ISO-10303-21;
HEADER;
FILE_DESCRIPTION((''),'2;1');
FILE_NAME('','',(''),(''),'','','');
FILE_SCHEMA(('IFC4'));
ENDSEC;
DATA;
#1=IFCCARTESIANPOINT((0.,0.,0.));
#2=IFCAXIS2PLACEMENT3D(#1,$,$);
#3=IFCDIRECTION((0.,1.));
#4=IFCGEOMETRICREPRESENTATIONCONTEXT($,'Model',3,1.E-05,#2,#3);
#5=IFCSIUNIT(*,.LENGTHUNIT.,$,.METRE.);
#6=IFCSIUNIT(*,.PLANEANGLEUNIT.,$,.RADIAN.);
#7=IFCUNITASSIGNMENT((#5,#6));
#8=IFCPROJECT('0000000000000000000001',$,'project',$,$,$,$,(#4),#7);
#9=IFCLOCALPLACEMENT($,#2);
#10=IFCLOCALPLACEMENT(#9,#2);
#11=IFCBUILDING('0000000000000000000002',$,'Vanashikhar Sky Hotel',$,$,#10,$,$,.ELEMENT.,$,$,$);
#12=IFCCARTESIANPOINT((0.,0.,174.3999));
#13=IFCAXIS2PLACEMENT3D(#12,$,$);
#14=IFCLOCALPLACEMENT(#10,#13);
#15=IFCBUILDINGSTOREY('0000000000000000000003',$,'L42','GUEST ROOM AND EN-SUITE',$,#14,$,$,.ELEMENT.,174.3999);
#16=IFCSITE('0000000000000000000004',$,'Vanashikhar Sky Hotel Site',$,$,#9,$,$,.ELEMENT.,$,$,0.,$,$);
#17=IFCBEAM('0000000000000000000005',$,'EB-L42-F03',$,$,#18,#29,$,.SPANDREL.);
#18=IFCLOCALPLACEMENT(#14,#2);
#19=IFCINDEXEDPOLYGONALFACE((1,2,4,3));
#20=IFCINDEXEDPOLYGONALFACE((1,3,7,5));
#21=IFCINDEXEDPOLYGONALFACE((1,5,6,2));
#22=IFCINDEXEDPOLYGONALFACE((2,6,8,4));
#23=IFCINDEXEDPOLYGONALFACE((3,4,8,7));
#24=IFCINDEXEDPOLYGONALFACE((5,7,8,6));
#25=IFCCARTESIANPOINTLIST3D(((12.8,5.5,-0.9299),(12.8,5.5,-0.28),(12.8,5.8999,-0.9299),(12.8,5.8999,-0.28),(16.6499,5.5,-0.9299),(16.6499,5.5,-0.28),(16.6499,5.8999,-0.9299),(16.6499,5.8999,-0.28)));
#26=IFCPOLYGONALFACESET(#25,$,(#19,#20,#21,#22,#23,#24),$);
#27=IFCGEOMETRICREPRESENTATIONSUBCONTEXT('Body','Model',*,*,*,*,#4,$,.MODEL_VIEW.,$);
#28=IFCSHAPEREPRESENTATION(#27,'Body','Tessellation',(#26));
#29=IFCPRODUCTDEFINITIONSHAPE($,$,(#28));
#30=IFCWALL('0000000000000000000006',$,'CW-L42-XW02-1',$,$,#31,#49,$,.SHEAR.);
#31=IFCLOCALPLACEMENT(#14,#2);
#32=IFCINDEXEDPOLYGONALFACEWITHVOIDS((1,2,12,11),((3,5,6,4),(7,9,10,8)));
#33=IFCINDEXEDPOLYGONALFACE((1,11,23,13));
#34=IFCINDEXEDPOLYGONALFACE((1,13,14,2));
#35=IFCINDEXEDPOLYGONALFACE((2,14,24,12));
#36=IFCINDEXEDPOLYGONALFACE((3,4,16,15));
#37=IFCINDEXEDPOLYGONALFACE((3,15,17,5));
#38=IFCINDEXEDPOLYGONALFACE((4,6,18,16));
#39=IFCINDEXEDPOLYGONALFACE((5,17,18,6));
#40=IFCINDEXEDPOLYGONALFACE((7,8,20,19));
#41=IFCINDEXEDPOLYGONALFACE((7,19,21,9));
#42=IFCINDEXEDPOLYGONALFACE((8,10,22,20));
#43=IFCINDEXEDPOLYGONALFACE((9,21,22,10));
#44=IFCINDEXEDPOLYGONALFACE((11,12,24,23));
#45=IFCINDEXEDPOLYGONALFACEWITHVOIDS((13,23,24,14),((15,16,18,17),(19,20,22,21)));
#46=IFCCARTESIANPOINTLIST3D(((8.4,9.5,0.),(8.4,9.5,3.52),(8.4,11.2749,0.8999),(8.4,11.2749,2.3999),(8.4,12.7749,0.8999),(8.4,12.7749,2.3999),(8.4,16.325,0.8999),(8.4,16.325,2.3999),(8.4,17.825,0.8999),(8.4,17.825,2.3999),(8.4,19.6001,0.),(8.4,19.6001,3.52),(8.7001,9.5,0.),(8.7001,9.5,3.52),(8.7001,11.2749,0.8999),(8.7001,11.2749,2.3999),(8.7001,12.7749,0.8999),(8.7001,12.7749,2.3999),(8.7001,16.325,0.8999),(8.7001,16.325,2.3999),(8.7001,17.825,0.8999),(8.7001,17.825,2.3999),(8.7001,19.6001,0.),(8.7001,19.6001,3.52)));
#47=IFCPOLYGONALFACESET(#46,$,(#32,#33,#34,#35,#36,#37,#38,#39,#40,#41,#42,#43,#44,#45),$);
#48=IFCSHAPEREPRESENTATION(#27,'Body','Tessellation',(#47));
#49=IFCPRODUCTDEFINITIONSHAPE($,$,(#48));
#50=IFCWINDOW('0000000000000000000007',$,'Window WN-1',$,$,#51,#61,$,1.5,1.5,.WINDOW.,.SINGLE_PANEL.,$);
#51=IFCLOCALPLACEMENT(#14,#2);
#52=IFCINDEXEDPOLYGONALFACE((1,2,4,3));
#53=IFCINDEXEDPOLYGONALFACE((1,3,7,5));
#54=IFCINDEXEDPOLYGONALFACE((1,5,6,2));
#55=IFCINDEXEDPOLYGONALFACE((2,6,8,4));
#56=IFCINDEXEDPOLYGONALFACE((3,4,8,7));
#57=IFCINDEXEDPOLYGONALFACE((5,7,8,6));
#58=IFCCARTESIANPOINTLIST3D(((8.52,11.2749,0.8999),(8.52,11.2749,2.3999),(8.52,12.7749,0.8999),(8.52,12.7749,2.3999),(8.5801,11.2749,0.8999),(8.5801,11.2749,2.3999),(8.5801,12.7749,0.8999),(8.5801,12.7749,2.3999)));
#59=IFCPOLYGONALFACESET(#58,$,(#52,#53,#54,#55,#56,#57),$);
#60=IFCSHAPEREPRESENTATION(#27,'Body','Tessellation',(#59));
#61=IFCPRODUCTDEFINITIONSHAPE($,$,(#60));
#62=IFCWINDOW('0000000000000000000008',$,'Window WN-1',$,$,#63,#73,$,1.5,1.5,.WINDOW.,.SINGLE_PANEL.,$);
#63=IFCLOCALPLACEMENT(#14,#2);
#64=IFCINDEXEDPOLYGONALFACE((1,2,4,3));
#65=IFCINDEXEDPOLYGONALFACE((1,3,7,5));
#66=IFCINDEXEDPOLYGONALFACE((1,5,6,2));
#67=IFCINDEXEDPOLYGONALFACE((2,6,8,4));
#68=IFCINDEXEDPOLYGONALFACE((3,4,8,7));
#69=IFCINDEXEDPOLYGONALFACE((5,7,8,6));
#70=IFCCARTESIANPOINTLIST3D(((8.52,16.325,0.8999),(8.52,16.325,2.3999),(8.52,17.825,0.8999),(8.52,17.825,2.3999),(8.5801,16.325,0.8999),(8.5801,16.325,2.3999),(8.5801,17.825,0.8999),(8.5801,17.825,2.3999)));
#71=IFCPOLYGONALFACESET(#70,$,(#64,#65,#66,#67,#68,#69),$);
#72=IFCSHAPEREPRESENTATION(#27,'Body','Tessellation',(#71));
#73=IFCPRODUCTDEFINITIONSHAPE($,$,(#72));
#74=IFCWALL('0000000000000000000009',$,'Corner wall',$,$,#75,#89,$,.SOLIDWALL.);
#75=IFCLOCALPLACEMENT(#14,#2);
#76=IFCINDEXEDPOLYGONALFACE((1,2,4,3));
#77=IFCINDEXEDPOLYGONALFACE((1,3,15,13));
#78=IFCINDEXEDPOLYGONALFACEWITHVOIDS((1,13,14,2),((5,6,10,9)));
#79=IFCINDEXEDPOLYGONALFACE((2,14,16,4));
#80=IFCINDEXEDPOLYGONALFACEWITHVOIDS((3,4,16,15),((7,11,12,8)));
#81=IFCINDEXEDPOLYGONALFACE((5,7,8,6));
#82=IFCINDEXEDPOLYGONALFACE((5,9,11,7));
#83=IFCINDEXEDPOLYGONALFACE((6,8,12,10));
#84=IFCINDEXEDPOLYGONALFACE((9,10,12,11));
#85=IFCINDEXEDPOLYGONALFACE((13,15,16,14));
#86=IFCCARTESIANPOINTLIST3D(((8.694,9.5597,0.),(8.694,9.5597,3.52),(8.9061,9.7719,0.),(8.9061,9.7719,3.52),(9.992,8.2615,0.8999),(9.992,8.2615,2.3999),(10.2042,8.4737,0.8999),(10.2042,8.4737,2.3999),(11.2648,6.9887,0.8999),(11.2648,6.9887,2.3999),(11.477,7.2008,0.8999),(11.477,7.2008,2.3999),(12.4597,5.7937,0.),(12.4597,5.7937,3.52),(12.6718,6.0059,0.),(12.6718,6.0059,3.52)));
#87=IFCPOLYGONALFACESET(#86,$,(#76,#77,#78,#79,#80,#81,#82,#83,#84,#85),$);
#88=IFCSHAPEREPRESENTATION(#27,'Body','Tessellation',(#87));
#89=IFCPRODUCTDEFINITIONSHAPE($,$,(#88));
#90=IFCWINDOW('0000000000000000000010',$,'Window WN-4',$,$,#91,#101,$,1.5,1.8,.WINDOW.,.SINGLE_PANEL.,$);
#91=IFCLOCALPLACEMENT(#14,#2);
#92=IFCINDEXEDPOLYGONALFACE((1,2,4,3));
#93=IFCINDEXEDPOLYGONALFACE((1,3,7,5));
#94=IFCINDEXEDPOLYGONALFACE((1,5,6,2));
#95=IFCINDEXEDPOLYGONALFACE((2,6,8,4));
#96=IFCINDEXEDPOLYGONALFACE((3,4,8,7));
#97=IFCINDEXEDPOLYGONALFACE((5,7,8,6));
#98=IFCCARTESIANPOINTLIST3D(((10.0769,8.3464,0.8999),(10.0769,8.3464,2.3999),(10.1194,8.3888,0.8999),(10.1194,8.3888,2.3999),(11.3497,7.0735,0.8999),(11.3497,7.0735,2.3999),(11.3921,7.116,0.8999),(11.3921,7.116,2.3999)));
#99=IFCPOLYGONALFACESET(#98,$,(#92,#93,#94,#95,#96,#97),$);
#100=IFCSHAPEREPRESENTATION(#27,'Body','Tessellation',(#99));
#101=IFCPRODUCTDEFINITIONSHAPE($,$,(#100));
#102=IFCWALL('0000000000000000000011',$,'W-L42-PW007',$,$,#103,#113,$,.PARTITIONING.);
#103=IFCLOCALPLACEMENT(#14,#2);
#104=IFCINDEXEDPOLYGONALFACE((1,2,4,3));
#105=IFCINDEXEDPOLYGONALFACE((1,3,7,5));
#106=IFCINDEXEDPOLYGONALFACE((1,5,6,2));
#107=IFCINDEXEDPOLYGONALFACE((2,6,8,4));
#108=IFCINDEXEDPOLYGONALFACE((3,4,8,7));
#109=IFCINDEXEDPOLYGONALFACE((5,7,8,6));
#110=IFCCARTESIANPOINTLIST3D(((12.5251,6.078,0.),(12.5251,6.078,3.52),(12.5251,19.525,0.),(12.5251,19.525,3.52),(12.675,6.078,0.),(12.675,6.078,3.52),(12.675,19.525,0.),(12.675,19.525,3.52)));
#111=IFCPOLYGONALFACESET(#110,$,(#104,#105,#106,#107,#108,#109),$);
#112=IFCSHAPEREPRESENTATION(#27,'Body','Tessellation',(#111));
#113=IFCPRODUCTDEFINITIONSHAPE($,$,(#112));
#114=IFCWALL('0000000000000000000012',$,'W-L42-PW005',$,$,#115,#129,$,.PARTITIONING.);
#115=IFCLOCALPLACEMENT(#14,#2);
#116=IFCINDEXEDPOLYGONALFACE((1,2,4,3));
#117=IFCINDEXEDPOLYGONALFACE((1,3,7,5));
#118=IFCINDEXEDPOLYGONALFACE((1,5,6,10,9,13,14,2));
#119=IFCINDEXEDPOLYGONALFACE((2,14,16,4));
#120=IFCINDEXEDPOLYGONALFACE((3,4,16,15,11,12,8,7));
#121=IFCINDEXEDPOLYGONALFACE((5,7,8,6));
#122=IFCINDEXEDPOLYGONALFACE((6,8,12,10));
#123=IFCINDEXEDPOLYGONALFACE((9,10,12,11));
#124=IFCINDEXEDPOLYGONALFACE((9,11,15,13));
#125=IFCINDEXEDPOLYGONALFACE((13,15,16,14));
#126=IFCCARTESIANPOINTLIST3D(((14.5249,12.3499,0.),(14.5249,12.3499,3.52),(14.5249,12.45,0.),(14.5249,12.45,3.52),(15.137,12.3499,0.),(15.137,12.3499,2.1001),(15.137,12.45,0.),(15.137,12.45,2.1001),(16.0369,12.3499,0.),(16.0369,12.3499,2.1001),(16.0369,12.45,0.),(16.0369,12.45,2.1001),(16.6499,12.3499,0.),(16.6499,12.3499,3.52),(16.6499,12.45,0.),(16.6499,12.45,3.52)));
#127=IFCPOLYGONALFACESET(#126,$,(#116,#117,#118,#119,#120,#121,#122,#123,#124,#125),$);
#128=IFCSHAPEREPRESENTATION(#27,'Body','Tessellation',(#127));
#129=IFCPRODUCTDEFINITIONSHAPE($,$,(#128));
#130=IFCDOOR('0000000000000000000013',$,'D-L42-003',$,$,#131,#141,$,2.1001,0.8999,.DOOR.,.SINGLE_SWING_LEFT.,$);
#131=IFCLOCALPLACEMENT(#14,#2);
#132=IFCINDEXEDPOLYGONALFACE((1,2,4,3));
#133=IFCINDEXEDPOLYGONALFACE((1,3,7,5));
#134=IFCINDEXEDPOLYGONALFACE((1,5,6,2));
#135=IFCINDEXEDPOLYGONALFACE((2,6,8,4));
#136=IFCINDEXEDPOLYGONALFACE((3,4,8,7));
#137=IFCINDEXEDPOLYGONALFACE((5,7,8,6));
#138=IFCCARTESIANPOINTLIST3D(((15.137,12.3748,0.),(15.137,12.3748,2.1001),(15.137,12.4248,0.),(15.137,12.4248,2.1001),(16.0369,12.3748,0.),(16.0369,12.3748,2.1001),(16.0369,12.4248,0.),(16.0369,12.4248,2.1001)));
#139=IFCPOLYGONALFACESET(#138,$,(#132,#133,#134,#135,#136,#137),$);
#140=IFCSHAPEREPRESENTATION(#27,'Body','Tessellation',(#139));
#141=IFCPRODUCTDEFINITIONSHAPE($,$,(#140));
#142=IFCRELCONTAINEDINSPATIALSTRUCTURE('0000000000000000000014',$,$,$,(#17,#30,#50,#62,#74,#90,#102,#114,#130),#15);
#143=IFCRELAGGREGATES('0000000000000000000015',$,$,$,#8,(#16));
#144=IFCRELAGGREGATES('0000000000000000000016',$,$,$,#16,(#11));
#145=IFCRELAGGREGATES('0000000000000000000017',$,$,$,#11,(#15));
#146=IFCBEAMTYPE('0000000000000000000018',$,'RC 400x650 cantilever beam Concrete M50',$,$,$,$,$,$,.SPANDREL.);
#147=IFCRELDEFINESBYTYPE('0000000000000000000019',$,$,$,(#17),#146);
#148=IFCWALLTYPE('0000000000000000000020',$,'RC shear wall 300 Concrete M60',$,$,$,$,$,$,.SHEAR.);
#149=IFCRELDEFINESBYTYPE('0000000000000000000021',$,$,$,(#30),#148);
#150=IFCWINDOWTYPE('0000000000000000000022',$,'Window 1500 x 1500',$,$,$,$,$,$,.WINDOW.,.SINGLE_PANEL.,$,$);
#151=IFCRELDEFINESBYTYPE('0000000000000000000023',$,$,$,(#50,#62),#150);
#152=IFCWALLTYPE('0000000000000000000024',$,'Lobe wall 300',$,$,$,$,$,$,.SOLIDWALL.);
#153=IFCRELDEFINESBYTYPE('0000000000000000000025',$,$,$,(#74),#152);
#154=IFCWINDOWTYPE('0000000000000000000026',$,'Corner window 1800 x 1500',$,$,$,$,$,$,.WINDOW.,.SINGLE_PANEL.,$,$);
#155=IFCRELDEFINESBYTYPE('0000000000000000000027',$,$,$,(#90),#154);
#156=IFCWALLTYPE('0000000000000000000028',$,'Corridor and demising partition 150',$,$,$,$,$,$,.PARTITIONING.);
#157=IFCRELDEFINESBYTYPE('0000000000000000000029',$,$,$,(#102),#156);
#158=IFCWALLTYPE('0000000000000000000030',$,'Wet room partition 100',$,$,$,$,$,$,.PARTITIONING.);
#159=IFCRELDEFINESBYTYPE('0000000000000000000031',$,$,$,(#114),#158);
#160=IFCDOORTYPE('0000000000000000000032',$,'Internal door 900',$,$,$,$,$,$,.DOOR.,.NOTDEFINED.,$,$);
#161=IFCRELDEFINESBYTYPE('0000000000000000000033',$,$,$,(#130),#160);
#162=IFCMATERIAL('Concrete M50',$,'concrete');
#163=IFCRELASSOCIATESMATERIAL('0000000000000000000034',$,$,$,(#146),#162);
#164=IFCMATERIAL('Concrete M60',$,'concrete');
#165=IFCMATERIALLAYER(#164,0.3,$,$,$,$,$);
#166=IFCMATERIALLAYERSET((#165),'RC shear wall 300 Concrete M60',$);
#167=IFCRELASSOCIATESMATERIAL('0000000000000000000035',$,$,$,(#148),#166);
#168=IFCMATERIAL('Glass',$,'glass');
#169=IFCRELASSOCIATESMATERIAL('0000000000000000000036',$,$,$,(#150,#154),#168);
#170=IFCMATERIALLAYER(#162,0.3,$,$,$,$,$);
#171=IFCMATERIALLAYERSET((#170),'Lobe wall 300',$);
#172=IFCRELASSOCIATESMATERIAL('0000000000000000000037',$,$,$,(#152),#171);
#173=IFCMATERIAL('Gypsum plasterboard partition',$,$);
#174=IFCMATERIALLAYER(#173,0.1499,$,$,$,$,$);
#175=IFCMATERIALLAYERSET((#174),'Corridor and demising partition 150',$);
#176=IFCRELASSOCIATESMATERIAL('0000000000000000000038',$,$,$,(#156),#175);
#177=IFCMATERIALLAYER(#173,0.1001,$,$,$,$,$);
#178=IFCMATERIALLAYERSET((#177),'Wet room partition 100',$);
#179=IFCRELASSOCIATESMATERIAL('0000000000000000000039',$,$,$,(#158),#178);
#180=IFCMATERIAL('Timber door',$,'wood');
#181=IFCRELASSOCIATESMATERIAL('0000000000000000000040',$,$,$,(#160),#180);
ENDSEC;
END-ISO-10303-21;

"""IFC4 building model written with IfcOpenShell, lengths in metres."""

from ifc_helpers import new_model, si_unit, direction, frame, frame_2d, origin, origin_2d, place, context, subcontext, project, spatial, rectangle, extrude, source, transform, mapped, material, layer, layer_set, material_profile, profile_set, type_object, element, fill, save


model = new_model("IFC4")

# Units and contexts
model_context = context("Model", 3, precision=1e-05, world=origin(), true_north=direction((0.0, 1.0)))
body_context = subcontext(model_context, "Body", "Model", "MODEL_VIEW")
ifc_project = project(units=[si_unit("LENGTHUNIT", "METRE"), si_unit("PLANEANGLEUNIT", "RADIAN")], contexts=[model_context])

# Site, building, storey
site_placement = place(None, origin())
site = spatial("IfcSite", under=ifc_project, at=site_placement, Name="Vanashikhar Sky Hotel Site", CompositionType="ELEMENT", RefElevation=0.0)
building_placement = place(site_placement, origin())
building = spatial("IfcBuilding", under=site, at=building_placement, Name="Vanashikhar Sky Hotel", CompositionType="ELEMENT")
storey_placement = place(building_placement, frame((0.0, 0.0, 174.3999)))
storey = spatial("IfcBuildingStorey", under=building, at=storey_placement, Name="L42", Description="GUEST ROOM AND EN-SUITE", CompositionType="ELEMENT", Elevation=174.3999)

# Beam
ifc_material_1 = material(Name="Concrete M50", Category="concrete")
ifc_material_profile = material_profile(ifc_material_1, rectangle(XDim=0.3999, YDim=0.6499, at=origin_2d()))
ifc_profile_set = profile_set([ifc_material_profile], Name="RC 400x650 cantilever beam Concrete M50")
beam_type = type_object("IfcBeamType", Name="RC 400x650 cantilever beam Concrete M50", PredefinedType="SPANDREL", material=ifc_profile_set)
shared_shape_1 = source(origin(), body_context, "Body", "SweptSolid", [
    extrude(rectangle(XDim=0.3999, YDim=0.6499, at=origin_2d()), origin(), (0.0, 0.0, 1.0), 3.8499),
])
beam_placement = place(storey_placement, frame((12.8, 5.7, -0.605), z_axis=(1.0, 0.0, 0.0), x_axis=(0.0, 1.0, 0.0)))
element("IfcBeam", 1, at=beam_placement, inside=storey, type_object=beam_type, Name="EB-L42-F03", PredefinedType="SPANDREL", context=body_context, shape_type="MappedRepresentation", body=[
    mapped(shared_shape_1, transform((0.0, 0.0, 0.0), scale=1.0)),
])

# Wall, openings, windows
ifc_material_2 = material(Name="Concrete M60", Category="concrete")
ifc_layer_1 = layer(ifc_material_2, 0.3)
ifc_layer_set_1 = layer_set([ifc_layer_1], Name="RC shear wall 300 Concrete M60")
wall_type_1 = type_object("IfcWallType", Name="RC shear wall 300 Concrete M60", PredefinedType="SHEAR", material=ifc_layer_set_1)
shared_shape_2 = source(origin(), body_context, "Body", "SweptSolid", [
    extrude(rectangle(XDim=10.1001, YDim=0.3, at=frame_2d((5.05, 0.0))), origin(), (0.0, 0.0, 1.0), 3.52),
])
wall_1_placement = place(storey_placement, frame((8.55, 9.5, 0.0), z_axis=(0.0, 0.0, 1.0), x_axis=(0.0, 1.0, 0.0)))
wall_1 = element("IfcWall", 2, at=wall_1_placement, inside=storey, type_object=wall_type_1, Name="CW-L42-XW02-1", PredefinedType="SHEAR", context=body_context, shape_type="MappedRepresentation", body=[
    mapped(shared_shape_2, transform((0.0, 0.0, 0.0), scale=1.0)),
])
shared_shape_3 = source(origin(), body_context, "Body", "SweptSolid", [
    extrude(rectangle(XDim=1.5, YDim=1.5, at=frame_2d((0.75, 0.75))), frame((0.0, 0.1602, 0.0), z_axis=(0.0, -1.0, 0.0), x_axis=(1.0, 0.0, 0.0)), (0.0, 0.0, 1.0), 0.3201),
])
opening_1_placement = place(wall_1_placement, frame((1.7749, 0.0, 0.8999)))
opening_1 = element("IfcOpeningElement", 3, at=opening_1_placement, cuts=wall_1, PredefinedType="OPENING", context=body_context, shape_type="MappedRepresentation", body=[
    mapped(shared_shape_3, transform((0.0, 0.0, 0.0), scale=1.0)),
])
opening_2_placement = place(wall_1_placement, frame((6.825, 0.0, 0.8999)))
opening_2 = element("IfcOpeningElement", 4, at=opening_2_placement, cuts=wall_1, PredefinedType="OPENING", context=body_context, shape_type="MappedRepresentation", body=[
    mapped(shared_shape_3, transform((0.0, 0.0, 0.0), scale=1.0)),
])
ifc_material_3 = material(Name="Glass", Category="glass")
window_type_1 = type_object("IfcWindowType", Name="Window 1500 x 1500", PartitioningType="SINGLE_PANEL", PredefinedType="WINDOW", material=ifc_material_3)
shared_shape_4 = source(origin(), body_context, "Body", "SweptSolid", [
    extrude(rectangle(XDim=1.5, YDim=1.5, at=frame_2d((0.75, 0.75))), frame((0.0, 0.03, 0.0), z_axis=(0.0, -1.0, 0.0), x_axis=(1.0, 0.0, 0.0)), (0.0, 0.0, 1.0), 0.0601),
])
window_1_placement = place(opening_1_placement, origin())
window_1 = element("IfcWindow", 5, at=window_1_placement, inside=storey, type_object=window_type_1, Name="Window WN-1", OverallHeight=1.5, OverallWidth=1.5, PartitioningType="SINGLE_PANEL", PredefinedType="WINDOW", context=body_context, shape_type="MappedRepresentation", body=[
    mapped(shared_shape_4, transform((0.0, 0.0, 0.0), scale=1.0)),
])
fill(opening_1, window_1)
window_2_placement = place(opening_2_placement, origin())
window_2 = element("IfcWindow", 6, at=window_2_placement, inside=storey, type_object=window_type_1, Name="Window WN-1", OverallHeight=1.5, OverallWidth=1.5, PartitioningType="SINGLE_PANEL", PredefinedType="WINDOW", context=body_context, shape_type="MappedRepresentation", body=[
    mapped(shared_shape_4, transform((0.0, 0.0, 0.0), scale=1.0)),
])
fill(opening_2, window_2)

# Wall, opening, window
ifc_layer_2 = layer(ifc_material_1, 0.3)
ifc_layer_set_2 = layer_set([ifc_layer_2], Name="Lobe wall 300")
wall_type_2 = type_object("IfcWallType", Name="Lobe wall 300", PredefinedType="SOLIDWALL", material=ifc_layer_set_2)
shared_shape_5 = source(origin(), body_context, "Body", "SweptSolid", [
    extrude(rectangle(XDim=5.3257, YDim=0.3, at=frame_2d((2.6628, 0.0))), origin(), (0.0, 0.0, 1.0), 3.52),
])
wall_2_placement = place(storey_placement, frame((8.8, 9.6658, 0.0), z_axis=(0.0, 0.0, 1.0), x_axis=(0.707084, -0.70713, 0.0)))
wall_2 = element("IfcWall", 7, at=wall_2_placement, inside=storey, type_object=wall_type_2, Name="Corner wall", PredefinedType="SOLIDWALL", context=body_context, shape_type="MappedRepresentation", body=[
    mapped(shared_shape_5, transform((0.0, 0.0, 0.0), scale=1.0)),
])
shared_shape_6 = source(origin(), body_context, "Body", "SweptSolid", [
    extrude(rectangle(XDim=1.8, YDim=1.5, at=frame_2d((0.8999, 0.75))), frame((0.0, 0.1602, 0.0), z_axis=(0.0, -1.0, 0.0), x_axis=(1.0, 0.0, 0.0)), (0.0, 0.0, 1.0), 0.3201),
])
opening_3_placement = place(wall_2_placement, frame((1.8359, 0.0, 0.8999)))
opening_3 = element("IfcOpeningElement", 8, at=opening_3_placement, cuts=wall_2, PredefinedType="OPENING", context=body_context, shape_type="MappedRepresentation", body=[
    mapped(shared_shape_6, transform((0.0, 0.0, 0.0), scale=1.0)),
])
window_type_2 = type_object("IfcWindowType", Name="Corner window 1800 x 1500", PartitioningType="SINGLE_PANEL", PredefinedType="WINDOW", material=ifc_material_3)
shared_shape_7 = source(origin(), body_context, "Body", "SweptSolid", [
    extrude(rectangle(XDim=1.8, YDim=1.5, at=frame_2d((0.8999, 0.75))), frame((0.0, 0.03, 0.0), z_axis=(0.0, -1.0, 0.0), x_axis=(1.0, 0.0, 0.0)), (0.0, 0.0, 1.0), 0.0601),
])
window_3_placement = place(opening_3_placement, origin())
window_3 = element("IfcWindow", 9, at=window_3_placement, inside=storey, type_object=window_type_2, Name="Window WN-4", OverallHeight=1.5, OverallWidth=1.8, PartitioningType="SINGLE_PANEL", PredefinedType="WINDOW", context=body_context, shape_type="MappedRepresentation", body=[
    mapped(shared_shape_7, transform((0.0, 0.0, 0.0), scale=1.0)),
])
fill(opening_3, window_3)

# Wall
ifc_material_4 = material(Name="Gypsum plasterboard partition")
ifc_layer_3 = layer(ifc_material_4, 0.1499)
ifc_layer_set_3 = layer_set([ifc_layer_3], Name="Corridor and demising partition 150")
wall_type_3 = type_object("IfcWallType", Name="Corridor and demising partition 150", PredefinedType="PARTITIONING", material=ifc_layer_set_3)
shared_shape_8 = source(origin(), body_context, "Body", "SweptSolid", [
    extrude(rectangle(XDim=13.447, YDim=0.1499, at=frame_2d((6.7236, 0.0))), origin(), (0.0, 0.0, 1.0), 3.52),
])
wall_3_placement = place(storey_placement, frame((12.6001, 6.0779, 0.0), z_axis=(0.0, 0.0, 1.0), x_axis=(0.0, 1.0, 0.0)))
element("IfcWall", 10, at=wall_3_placement, inside=storey, type_object=wall_type_3, Name="W-L42-PW007", PredefinedType="PARTITIONING", context=body_context, shape_type="MappedRepresentation", body=[
    mapped(shared_shape_8, transform((0.0, 0.0, 0.0), scale=1.0)),
])

# Wall, opening, door
ifc_layer_4 = layer(ifc_material_4, 0.1001)
ifc_layer_set_4 = layer_set([ifc_layer_4], Name="Wet room partition 100")
wall_type_4 = type_object("IfcWallType", Name="Wet room partition 100", PredefinedType="PARTITIONING", material=ifc_layer_set_4)
shared_shape_9 = source(origin(), body_context, "Body", "SweptSolid", [
    extrude(rectangle(XDim=2.125, YDim=0.1001, at=frame_2d((1.0625, 0.0))), origin(), (0.0, 0.0, 1.0), 3.52),
])
wall_4_placement = place(storey_placement, frame((14.5249, 12.3999, 0.0), z_axis=(0.0, 0.0, 1.0), x_axis=(1.0, 0.0, 0.0)))
wall_4 = element("IfcWall", 11, at=wall_4_placement, inside=storey, type_object=wall_type_4, Name="W-L42-PW005", PredefinedType="PARTITIONING", context=body_context, shape_type="MappedRepresentation", body=[
    mapped(shared_shape_9, transform((0.0, 0.0, 0.0), scale=1.0)),
])
shared_shape_10 = source(origin(), body_context, "Body", "SweptSolid", [
    extrude(rectangle(XDim=0.8999, YDim=2.1001, at=frame_2d((0.45, 1.05))), frame((0.0, 0.0601, 0.0), z_axis=(0.0, -1.0, 0.0), x_axis=(1.0, 0.0, 0.0)), (0.0, 0.0, 1.0), 0.1201),
])
opening_4_placement = place(wall_4_placement, frame((0.6121, 0.0, 0.0)))
opening_4 = element("IfcOpeningElement", 12, at=opening_4_placement, cuts=wall_4, PredefinedType="OPENING", context=body_context, shape_type="MappedRepresentation", body=[
    mapped(shared_shape_10, transform((0.0, 0.0, 0.0), scale=1.0)),
])
ifc_material_5 = material(Name="Timber door", Category="wood")
door_type_1 = type_object("IfcDoorType", Name="Internal door 900", OperationType="NOTDEFINED", PredefinedType="DOOR", material=ifc_material_5)
shared_shape_11 = source(origin(), body_context, "Body", "SweptSolid", [
    extrude(rectangle(XDim=0.8999, YDim=2.1001, at=frame_2d((0.45, 1.05))), frame((0.0, 0.0249, 0.0), z_axis=(0.0, -1.0, 0.0), x_axis=(1.0, 0.0, 0.0)), (0.0, 0.0, 1.0), 0.05),
])
door_1_placement = place(opening_4_placement, origin())
door_1 = element("IfcDoor", 13, at=door_1_placement, inside=storey, type_object=door_type_1, Name="D-L42-003", OperationType="SINGLE_SWING_LEFT", OverallHeight=2.1001, OverallWidth=0.8999, PredefinedType="DOOR", context=body_context, shape_type="MappedRepresentation", body=[
    mapped(shared_shape_11, transform((0.0, 0.0, 0.0), scale=1.0)),
])
fill(opening_4, door_1)

save(model, "model.ifc")
